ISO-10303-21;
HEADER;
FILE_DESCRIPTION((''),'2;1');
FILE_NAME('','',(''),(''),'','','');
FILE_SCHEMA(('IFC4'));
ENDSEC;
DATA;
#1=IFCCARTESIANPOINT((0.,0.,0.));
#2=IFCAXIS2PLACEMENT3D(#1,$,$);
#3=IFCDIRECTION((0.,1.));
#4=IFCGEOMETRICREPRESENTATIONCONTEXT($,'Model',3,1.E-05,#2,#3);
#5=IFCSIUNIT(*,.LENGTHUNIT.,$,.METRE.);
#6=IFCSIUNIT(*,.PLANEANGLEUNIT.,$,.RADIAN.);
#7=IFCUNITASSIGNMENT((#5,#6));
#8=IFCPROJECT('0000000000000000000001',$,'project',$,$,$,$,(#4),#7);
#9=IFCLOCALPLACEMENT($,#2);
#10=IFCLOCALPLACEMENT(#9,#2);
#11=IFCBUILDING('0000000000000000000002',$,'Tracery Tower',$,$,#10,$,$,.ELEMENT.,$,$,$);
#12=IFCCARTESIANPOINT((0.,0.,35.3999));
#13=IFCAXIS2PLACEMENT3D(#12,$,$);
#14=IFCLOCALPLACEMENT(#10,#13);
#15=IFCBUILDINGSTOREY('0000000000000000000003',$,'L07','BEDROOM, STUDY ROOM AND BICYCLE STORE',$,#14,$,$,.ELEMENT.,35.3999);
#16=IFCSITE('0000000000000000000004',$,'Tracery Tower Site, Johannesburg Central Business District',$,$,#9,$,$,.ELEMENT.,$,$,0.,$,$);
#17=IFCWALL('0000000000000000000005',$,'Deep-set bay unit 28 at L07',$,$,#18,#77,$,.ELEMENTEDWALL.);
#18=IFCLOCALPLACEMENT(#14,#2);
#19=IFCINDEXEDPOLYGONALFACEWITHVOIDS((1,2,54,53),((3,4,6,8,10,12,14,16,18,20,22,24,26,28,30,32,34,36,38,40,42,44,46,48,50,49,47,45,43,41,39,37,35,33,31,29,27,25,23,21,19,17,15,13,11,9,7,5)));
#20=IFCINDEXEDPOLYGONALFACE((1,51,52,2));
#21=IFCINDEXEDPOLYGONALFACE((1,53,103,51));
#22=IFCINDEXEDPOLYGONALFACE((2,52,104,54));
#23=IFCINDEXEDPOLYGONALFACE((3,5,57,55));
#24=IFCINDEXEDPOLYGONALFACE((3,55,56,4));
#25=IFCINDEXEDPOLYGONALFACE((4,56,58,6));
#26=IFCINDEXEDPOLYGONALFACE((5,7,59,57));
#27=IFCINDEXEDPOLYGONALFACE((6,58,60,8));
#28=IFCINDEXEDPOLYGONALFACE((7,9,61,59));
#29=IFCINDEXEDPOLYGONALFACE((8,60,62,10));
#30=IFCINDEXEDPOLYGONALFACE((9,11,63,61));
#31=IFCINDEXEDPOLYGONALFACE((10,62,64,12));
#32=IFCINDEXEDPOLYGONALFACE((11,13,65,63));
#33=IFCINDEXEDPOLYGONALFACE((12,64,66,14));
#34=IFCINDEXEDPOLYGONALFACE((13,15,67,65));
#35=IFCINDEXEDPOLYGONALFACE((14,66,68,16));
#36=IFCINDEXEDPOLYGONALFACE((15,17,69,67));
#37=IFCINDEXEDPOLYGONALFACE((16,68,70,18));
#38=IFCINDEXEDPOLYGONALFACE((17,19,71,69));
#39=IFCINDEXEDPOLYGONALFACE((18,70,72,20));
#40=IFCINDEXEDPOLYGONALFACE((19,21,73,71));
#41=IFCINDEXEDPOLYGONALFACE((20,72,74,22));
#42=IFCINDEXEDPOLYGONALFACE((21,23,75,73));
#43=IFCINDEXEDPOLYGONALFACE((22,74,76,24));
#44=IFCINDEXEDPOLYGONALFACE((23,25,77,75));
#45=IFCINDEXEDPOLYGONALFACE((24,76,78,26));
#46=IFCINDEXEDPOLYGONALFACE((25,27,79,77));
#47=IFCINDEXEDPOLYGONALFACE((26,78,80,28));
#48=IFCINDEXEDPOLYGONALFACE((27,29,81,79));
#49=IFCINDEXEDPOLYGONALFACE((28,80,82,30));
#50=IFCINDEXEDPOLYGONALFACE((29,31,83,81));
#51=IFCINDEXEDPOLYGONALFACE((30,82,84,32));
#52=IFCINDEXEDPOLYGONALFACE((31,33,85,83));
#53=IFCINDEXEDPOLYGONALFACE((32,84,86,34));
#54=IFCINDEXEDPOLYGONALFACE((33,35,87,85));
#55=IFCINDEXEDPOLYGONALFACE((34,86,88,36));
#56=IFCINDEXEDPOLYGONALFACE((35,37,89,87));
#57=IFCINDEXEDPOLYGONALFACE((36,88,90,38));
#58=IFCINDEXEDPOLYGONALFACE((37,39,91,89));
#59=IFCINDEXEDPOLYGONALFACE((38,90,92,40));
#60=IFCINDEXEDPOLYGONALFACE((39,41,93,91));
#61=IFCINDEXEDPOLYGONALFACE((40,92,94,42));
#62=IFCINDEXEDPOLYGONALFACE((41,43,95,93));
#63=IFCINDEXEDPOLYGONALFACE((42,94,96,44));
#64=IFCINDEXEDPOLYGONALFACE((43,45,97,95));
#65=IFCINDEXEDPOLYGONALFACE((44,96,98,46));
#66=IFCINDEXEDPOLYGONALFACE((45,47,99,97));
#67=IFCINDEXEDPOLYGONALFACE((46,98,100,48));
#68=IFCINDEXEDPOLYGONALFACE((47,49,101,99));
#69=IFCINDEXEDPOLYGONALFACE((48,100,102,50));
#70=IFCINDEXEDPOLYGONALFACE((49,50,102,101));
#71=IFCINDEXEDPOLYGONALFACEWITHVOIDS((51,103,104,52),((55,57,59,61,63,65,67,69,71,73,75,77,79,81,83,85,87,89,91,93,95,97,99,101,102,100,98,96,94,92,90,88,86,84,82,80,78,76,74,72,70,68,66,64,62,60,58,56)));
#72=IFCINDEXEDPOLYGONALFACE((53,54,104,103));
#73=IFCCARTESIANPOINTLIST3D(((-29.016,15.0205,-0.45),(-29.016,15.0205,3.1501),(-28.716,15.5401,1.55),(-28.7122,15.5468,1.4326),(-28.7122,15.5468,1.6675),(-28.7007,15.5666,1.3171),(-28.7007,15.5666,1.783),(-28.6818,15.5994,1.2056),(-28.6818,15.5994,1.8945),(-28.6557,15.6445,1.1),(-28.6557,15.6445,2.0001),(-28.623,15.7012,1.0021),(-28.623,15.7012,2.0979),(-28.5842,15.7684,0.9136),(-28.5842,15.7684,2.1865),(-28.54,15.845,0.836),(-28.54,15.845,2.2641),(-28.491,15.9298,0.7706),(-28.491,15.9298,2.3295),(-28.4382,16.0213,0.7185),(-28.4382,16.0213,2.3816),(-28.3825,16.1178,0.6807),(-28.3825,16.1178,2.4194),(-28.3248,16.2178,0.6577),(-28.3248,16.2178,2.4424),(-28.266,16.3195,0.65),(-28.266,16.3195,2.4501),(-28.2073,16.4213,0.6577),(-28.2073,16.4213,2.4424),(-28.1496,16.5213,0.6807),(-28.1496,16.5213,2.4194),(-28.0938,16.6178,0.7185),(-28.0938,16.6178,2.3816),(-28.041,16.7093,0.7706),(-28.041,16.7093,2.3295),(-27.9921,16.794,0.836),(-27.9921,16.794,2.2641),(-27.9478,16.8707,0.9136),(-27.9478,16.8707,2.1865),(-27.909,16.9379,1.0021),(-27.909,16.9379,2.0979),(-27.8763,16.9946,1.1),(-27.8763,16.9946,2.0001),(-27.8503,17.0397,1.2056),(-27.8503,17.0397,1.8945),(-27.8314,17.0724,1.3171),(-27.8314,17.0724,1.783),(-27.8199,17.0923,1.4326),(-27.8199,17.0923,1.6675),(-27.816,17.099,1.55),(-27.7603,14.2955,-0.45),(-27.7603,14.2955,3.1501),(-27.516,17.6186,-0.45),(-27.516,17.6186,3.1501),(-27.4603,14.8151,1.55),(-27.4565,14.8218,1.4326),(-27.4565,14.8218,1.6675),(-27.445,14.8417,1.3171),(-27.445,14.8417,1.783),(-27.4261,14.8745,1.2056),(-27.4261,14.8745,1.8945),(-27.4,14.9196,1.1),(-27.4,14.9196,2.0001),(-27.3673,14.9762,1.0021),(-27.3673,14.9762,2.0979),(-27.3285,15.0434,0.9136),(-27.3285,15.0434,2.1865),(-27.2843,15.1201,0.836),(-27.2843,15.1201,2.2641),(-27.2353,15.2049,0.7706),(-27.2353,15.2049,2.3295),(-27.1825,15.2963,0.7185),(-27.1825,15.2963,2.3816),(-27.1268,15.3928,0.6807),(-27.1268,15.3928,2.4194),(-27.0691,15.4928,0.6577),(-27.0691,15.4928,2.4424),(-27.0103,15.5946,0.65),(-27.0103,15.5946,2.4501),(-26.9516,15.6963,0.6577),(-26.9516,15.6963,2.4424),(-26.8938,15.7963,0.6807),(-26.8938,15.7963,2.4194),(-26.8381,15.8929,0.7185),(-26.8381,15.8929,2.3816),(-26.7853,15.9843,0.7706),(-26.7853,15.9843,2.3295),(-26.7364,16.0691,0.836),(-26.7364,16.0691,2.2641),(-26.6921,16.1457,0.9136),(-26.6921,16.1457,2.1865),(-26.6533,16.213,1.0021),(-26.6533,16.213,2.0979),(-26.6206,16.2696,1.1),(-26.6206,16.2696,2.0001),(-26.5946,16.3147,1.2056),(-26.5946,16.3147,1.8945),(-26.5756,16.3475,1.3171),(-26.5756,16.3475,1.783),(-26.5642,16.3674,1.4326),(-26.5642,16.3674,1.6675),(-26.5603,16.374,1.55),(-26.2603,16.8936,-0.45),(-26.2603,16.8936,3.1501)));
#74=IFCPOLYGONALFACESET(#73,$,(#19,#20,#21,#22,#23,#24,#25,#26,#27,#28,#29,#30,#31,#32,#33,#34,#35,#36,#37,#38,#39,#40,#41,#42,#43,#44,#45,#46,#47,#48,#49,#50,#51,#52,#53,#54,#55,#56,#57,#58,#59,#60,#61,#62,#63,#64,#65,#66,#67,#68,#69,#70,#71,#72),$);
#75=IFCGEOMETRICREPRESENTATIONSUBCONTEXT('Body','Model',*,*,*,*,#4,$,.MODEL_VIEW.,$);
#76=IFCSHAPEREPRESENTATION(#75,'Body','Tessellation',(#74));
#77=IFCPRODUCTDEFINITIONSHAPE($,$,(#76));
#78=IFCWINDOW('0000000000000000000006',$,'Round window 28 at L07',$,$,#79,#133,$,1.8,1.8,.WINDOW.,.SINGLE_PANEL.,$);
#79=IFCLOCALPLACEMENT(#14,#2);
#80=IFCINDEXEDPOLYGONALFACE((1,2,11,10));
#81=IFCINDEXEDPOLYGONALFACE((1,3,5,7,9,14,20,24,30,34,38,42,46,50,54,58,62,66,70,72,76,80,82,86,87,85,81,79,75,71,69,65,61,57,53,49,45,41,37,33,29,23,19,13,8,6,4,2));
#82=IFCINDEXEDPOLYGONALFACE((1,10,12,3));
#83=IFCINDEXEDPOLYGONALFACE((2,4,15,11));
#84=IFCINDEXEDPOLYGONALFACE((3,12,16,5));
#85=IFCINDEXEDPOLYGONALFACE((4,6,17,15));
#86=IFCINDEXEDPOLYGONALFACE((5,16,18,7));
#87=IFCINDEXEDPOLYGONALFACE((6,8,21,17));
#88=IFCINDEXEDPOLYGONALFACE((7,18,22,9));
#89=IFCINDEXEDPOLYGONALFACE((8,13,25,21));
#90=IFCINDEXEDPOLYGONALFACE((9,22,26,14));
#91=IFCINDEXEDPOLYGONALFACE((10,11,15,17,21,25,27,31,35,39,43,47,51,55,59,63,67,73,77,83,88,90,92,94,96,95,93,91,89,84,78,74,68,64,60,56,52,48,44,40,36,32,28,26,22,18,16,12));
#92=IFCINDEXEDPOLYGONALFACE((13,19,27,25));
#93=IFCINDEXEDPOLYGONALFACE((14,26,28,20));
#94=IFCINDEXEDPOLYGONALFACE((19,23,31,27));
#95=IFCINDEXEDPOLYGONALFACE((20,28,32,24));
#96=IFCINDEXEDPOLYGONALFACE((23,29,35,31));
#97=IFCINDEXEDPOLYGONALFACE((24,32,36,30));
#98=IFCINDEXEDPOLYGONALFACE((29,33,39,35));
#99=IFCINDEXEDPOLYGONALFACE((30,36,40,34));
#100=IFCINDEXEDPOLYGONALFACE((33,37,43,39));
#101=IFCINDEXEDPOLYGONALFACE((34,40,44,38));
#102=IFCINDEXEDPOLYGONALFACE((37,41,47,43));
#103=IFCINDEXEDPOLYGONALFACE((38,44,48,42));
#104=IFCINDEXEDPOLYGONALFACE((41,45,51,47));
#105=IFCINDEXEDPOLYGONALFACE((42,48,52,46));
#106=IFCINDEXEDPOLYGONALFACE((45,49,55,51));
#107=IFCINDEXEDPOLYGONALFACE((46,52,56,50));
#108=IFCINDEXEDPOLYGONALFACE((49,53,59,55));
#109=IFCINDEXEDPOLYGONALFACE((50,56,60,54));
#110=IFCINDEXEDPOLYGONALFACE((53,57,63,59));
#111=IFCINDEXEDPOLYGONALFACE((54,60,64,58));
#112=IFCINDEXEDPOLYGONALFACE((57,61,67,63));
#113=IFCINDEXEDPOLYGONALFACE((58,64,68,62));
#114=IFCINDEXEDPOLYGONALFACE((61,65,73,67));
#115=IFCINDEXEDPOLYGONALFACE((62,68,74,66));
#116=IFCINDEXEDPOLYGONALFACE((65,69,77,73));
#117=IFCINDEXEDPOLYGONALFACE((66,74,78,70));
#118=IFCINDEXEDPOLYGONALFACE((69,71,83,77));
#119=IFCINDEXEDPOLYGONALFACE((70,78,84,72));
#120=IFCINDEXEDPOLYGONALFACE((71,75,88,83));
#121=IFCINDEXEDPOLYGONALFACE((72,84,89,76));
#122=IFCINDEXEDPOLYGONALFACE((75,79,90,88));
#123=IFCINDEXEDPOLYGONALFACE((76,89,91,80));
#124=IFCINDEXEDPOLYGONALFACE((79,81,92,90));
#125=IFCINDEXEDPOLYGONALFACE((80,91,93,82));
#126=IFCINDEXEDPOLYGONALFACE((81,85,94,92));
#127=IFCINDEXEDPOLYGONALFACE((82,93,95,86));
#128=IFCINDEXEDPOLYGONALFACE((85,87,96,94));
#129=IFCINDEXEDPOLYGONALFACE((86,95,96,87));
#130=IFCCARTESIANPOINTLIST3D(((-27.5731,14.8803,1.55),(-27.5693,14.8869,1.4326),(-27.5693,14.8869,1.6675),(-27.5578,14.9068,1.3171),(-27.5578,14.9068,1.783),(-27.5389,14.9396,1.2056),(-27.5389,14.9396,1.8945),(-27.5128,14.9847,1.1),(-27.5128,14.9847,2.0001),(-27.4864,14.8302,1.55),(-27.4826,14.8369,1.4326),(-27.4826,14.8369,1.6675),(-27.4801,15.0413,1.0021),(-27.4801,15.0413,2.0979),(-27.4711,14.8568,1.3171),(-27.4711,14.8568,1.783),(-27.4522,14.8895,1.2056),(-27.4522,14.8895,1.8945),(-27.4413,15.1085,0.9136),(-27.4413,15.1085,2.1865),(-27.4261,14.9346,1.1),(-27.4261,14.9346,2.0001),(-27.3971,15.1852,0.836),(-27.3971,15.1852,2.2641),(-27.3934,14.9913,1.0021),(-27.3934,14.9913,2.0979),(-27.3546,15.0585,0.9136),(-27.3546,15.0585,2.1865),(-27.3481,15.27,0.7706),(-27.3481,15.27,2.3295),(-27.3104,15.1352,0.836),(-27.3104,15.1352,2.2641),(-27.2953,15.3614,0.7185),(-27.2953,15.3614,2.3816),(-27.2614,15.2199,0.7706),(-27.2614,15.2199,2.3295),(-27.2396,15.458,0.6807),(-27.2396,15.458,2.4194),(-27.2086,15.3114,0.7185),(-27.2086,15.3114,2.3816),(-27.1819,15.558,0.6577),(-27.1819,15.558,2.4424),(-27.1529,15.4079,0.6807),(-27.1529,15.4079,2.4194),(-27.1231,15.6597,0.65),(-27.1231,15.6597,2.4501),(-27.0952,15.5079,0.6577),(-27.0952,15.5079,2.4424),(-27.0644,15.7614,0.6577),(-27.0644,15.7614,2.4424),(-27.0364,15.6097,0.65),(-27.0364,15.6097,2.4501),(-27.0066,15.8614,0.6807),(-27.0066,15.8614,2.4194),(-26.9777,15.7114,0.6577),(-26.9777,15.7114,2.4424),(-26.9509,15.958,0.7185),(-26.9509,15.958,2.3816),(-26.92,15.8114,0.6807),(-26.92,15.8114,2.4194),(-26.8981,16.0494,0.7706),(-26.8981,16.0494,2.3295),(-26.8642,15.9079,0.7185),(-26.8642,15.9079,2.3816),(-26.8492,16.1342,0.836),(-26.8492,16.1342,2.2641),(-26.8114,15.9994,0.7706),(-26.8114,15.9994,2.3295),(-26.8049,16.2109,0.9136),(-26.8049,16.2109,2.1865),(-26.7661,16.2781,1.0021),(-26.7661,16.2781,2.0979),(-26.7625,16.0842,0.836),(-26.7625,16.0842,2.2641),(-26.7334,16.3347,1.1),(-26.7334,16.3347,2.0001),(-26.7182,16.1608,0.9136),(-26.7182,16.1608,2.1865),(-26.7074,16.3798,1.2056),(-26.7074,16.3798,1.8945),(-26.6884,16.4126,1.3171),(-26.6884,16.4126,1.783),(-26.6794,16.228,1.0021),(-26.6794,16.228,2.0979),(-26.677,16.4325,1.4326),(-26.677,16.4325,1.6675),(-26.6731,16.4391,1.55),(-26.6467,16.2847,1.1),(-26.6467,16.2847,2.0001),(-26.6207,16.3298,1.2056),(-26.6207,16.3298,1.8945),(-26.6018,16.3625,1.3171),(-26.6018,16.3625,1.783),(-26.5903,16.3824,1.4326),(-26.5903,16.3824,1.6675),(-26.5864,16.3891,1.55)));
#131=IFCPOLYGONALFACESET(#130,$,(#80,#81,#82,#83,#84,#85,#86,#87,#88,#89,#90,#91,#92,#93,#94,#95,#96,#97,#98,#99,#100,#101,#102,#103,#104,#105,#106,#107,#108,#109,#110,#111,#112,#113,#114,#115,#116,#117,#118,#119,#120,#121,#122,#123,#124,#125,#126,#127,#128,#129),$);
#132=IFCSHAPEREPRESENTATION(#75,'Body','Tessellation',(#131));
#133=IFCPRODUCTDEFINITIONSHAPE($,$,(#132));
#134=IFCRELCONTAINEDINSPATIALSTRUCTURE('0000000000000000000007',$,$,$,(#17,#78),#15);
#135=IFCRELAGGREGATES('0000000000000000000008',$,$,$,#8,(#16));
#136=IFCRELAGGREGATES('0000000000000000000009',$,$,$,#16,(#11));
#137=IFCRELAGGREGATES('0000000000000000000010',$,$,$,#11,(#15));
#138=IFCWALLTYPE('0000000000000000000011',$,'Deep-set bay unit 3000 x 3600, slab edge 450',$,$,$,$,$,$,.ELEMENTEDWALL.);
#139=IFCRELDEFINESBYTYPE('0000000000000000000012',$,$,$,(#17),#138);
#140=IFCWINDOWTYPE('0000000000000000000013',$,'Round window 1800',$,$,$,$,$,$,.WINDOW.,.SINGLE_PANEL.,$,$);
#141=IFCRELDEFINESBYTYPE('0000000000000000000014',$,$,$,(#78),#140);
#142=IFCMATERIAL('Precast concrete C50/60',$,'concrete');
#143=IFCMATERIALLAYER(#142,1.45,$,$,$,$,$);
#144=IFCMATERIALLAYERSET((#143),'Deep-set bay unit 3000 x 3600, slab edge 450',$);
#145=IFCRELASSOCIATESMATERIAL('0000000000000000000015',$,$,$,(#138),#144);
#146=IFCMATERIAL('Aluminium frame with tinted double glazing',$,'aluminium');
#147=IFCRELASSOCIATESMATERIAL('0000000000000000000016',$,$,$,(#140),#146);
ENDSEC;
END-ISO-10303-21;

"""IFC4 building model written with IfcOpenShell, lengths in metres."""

from ifc_helpers import new_model, si_unit, direction, frame, frame_2d, origin, origin_2d, place, context, subcontext, project, spatial, rectangle, circle, extrude, material, layer, layer_set, type_object, element, fill, save


model = new_model("IFC4")

# Units and contexts
model_context = context("Model", 3, precision=1e-05, world=origin(), true_north=direction((0.0, 1.0)))
body_context = subcontext(model_context, "Body", "Model", "MODEL_VIEW")
ifc_project = project(units=[si_unit("LENGTHUNIT", "METRE"), si_unit("PLANEANGLEUNIT", "RADIAN")], contexts=[model_context])

# Site, building, storey
site_placement = place(None, origin())
site = spatial("IfcSite", under=ifc_project, at=site_placement, Name="Tracery Tower Site, Johannesburg Central Business District", CompositionType="ELEMENT", RefElevation=0.0)
building_placement = place(site_placement, origin())
building = spatial("IfcBuilding", under=site, at=building_placement, Name="Tracery Tower", CompositionType="ELEMENT")
storey_placement = place(building_placement, frame((0.0, 0.0, 35.3999)))
storey = spatial("IfcBuildingStorey", under=building, at=storey_placement, Name="L07", Description="BEDROOM, STUDY ROOM AND BICYCLE STORE", CompositionType="ELEMENT", Elevation=35.3999)

# Wall, opening, window
ifc_material_1 = material(Name="Precast concrete C50/60", Category="concrete")
ifc_layer_1 = layer(ifc_material_1, 1.45)
ifc_layer_set_1 = layer_set([ifc_layer_1], Name="Deep-set bay unit 3000 x 3600, slab edge 450")
wall_type_1 = type_object("IfcWallType", Name="Deep-set bay unit 3000 x 3600, slab edge 450", PredefinedType="ELEMENTEDWALL", material=ifc_layer_set_1)
wall_1_placement = place(storey_placement, frame((-26.8882, 17.2561, -0.45), z_axis=(0.0, 0.0, 1.0), x_axis=(-0.49999, -0.866031, 0.0)))
wall_1 = element("IfcWall", 1, at=wall_1_placement, inside=storey, type_object=wall_type_1, Name="Deep-set bay unit 28 at L07", PredefinedType="ELEMENTEDWALL", context=body_context, shape_type="SweptSolid", body=[
    extrude(rectangle(XDim=3.0, YDim=1.45, at=frame_2d((1.5, 0.0))), origin(), (0.0, 0.0, 1.0), 3.6001),
])
opening_1_placement = place(wall_1_placement, frame((1.5, 0.0, 2.0)))
opening_1 = element("IfcOpeningElement", 2, at=opening_1_placement, cuts=wall_1, PredefinedType="OPENING", context=body_context, shape_type="SweptSolid", body=[
    extrude(circle(Radius=0.9, at=origin_2d()), frame((0.0, 0.7349, 0.0), z_axis=(0.0, -1.0, 0.0), x_axis=(1.0, 0.0, 0.0)), (0.0, 0.0, 1.0), 1.47),
])
ifc_material_2 = material(Name="Aluminium frame with tinted double glazing", Category="aluminium")
window_type = type_object("IfcWindowType", Name="Round window 1800", PartitioningType="SINGLE_PANEL", PredefinedType="WINDOW", material=ifc_material_2)
window_1_placement = place(opening_1_placement, origin())
window_1 = element("IfcWindow", 3, at=window_1_placement, inside=storey, type_object=window_type, Name="Round window 28 at L07", OverallHeight=1.8, OverallWidth=1.8, PartitioningType="SINGLE_PANEL", PredefinedType="WINDOW", context=body_context, shape_type="SweptSolid", body=[
    extrude(circle(Radius=0.9, at=origin_2d()), frame((0.0, 0.6948, 0.0), z_axis=(0.0, -1.0, 0.0), x_axis=(1.0, 0.0, 0.0)), (0.0, 0.0, 1.0), 0.1001),
])
fill(opening_1, window_1)

save(model, "model.ifc")
